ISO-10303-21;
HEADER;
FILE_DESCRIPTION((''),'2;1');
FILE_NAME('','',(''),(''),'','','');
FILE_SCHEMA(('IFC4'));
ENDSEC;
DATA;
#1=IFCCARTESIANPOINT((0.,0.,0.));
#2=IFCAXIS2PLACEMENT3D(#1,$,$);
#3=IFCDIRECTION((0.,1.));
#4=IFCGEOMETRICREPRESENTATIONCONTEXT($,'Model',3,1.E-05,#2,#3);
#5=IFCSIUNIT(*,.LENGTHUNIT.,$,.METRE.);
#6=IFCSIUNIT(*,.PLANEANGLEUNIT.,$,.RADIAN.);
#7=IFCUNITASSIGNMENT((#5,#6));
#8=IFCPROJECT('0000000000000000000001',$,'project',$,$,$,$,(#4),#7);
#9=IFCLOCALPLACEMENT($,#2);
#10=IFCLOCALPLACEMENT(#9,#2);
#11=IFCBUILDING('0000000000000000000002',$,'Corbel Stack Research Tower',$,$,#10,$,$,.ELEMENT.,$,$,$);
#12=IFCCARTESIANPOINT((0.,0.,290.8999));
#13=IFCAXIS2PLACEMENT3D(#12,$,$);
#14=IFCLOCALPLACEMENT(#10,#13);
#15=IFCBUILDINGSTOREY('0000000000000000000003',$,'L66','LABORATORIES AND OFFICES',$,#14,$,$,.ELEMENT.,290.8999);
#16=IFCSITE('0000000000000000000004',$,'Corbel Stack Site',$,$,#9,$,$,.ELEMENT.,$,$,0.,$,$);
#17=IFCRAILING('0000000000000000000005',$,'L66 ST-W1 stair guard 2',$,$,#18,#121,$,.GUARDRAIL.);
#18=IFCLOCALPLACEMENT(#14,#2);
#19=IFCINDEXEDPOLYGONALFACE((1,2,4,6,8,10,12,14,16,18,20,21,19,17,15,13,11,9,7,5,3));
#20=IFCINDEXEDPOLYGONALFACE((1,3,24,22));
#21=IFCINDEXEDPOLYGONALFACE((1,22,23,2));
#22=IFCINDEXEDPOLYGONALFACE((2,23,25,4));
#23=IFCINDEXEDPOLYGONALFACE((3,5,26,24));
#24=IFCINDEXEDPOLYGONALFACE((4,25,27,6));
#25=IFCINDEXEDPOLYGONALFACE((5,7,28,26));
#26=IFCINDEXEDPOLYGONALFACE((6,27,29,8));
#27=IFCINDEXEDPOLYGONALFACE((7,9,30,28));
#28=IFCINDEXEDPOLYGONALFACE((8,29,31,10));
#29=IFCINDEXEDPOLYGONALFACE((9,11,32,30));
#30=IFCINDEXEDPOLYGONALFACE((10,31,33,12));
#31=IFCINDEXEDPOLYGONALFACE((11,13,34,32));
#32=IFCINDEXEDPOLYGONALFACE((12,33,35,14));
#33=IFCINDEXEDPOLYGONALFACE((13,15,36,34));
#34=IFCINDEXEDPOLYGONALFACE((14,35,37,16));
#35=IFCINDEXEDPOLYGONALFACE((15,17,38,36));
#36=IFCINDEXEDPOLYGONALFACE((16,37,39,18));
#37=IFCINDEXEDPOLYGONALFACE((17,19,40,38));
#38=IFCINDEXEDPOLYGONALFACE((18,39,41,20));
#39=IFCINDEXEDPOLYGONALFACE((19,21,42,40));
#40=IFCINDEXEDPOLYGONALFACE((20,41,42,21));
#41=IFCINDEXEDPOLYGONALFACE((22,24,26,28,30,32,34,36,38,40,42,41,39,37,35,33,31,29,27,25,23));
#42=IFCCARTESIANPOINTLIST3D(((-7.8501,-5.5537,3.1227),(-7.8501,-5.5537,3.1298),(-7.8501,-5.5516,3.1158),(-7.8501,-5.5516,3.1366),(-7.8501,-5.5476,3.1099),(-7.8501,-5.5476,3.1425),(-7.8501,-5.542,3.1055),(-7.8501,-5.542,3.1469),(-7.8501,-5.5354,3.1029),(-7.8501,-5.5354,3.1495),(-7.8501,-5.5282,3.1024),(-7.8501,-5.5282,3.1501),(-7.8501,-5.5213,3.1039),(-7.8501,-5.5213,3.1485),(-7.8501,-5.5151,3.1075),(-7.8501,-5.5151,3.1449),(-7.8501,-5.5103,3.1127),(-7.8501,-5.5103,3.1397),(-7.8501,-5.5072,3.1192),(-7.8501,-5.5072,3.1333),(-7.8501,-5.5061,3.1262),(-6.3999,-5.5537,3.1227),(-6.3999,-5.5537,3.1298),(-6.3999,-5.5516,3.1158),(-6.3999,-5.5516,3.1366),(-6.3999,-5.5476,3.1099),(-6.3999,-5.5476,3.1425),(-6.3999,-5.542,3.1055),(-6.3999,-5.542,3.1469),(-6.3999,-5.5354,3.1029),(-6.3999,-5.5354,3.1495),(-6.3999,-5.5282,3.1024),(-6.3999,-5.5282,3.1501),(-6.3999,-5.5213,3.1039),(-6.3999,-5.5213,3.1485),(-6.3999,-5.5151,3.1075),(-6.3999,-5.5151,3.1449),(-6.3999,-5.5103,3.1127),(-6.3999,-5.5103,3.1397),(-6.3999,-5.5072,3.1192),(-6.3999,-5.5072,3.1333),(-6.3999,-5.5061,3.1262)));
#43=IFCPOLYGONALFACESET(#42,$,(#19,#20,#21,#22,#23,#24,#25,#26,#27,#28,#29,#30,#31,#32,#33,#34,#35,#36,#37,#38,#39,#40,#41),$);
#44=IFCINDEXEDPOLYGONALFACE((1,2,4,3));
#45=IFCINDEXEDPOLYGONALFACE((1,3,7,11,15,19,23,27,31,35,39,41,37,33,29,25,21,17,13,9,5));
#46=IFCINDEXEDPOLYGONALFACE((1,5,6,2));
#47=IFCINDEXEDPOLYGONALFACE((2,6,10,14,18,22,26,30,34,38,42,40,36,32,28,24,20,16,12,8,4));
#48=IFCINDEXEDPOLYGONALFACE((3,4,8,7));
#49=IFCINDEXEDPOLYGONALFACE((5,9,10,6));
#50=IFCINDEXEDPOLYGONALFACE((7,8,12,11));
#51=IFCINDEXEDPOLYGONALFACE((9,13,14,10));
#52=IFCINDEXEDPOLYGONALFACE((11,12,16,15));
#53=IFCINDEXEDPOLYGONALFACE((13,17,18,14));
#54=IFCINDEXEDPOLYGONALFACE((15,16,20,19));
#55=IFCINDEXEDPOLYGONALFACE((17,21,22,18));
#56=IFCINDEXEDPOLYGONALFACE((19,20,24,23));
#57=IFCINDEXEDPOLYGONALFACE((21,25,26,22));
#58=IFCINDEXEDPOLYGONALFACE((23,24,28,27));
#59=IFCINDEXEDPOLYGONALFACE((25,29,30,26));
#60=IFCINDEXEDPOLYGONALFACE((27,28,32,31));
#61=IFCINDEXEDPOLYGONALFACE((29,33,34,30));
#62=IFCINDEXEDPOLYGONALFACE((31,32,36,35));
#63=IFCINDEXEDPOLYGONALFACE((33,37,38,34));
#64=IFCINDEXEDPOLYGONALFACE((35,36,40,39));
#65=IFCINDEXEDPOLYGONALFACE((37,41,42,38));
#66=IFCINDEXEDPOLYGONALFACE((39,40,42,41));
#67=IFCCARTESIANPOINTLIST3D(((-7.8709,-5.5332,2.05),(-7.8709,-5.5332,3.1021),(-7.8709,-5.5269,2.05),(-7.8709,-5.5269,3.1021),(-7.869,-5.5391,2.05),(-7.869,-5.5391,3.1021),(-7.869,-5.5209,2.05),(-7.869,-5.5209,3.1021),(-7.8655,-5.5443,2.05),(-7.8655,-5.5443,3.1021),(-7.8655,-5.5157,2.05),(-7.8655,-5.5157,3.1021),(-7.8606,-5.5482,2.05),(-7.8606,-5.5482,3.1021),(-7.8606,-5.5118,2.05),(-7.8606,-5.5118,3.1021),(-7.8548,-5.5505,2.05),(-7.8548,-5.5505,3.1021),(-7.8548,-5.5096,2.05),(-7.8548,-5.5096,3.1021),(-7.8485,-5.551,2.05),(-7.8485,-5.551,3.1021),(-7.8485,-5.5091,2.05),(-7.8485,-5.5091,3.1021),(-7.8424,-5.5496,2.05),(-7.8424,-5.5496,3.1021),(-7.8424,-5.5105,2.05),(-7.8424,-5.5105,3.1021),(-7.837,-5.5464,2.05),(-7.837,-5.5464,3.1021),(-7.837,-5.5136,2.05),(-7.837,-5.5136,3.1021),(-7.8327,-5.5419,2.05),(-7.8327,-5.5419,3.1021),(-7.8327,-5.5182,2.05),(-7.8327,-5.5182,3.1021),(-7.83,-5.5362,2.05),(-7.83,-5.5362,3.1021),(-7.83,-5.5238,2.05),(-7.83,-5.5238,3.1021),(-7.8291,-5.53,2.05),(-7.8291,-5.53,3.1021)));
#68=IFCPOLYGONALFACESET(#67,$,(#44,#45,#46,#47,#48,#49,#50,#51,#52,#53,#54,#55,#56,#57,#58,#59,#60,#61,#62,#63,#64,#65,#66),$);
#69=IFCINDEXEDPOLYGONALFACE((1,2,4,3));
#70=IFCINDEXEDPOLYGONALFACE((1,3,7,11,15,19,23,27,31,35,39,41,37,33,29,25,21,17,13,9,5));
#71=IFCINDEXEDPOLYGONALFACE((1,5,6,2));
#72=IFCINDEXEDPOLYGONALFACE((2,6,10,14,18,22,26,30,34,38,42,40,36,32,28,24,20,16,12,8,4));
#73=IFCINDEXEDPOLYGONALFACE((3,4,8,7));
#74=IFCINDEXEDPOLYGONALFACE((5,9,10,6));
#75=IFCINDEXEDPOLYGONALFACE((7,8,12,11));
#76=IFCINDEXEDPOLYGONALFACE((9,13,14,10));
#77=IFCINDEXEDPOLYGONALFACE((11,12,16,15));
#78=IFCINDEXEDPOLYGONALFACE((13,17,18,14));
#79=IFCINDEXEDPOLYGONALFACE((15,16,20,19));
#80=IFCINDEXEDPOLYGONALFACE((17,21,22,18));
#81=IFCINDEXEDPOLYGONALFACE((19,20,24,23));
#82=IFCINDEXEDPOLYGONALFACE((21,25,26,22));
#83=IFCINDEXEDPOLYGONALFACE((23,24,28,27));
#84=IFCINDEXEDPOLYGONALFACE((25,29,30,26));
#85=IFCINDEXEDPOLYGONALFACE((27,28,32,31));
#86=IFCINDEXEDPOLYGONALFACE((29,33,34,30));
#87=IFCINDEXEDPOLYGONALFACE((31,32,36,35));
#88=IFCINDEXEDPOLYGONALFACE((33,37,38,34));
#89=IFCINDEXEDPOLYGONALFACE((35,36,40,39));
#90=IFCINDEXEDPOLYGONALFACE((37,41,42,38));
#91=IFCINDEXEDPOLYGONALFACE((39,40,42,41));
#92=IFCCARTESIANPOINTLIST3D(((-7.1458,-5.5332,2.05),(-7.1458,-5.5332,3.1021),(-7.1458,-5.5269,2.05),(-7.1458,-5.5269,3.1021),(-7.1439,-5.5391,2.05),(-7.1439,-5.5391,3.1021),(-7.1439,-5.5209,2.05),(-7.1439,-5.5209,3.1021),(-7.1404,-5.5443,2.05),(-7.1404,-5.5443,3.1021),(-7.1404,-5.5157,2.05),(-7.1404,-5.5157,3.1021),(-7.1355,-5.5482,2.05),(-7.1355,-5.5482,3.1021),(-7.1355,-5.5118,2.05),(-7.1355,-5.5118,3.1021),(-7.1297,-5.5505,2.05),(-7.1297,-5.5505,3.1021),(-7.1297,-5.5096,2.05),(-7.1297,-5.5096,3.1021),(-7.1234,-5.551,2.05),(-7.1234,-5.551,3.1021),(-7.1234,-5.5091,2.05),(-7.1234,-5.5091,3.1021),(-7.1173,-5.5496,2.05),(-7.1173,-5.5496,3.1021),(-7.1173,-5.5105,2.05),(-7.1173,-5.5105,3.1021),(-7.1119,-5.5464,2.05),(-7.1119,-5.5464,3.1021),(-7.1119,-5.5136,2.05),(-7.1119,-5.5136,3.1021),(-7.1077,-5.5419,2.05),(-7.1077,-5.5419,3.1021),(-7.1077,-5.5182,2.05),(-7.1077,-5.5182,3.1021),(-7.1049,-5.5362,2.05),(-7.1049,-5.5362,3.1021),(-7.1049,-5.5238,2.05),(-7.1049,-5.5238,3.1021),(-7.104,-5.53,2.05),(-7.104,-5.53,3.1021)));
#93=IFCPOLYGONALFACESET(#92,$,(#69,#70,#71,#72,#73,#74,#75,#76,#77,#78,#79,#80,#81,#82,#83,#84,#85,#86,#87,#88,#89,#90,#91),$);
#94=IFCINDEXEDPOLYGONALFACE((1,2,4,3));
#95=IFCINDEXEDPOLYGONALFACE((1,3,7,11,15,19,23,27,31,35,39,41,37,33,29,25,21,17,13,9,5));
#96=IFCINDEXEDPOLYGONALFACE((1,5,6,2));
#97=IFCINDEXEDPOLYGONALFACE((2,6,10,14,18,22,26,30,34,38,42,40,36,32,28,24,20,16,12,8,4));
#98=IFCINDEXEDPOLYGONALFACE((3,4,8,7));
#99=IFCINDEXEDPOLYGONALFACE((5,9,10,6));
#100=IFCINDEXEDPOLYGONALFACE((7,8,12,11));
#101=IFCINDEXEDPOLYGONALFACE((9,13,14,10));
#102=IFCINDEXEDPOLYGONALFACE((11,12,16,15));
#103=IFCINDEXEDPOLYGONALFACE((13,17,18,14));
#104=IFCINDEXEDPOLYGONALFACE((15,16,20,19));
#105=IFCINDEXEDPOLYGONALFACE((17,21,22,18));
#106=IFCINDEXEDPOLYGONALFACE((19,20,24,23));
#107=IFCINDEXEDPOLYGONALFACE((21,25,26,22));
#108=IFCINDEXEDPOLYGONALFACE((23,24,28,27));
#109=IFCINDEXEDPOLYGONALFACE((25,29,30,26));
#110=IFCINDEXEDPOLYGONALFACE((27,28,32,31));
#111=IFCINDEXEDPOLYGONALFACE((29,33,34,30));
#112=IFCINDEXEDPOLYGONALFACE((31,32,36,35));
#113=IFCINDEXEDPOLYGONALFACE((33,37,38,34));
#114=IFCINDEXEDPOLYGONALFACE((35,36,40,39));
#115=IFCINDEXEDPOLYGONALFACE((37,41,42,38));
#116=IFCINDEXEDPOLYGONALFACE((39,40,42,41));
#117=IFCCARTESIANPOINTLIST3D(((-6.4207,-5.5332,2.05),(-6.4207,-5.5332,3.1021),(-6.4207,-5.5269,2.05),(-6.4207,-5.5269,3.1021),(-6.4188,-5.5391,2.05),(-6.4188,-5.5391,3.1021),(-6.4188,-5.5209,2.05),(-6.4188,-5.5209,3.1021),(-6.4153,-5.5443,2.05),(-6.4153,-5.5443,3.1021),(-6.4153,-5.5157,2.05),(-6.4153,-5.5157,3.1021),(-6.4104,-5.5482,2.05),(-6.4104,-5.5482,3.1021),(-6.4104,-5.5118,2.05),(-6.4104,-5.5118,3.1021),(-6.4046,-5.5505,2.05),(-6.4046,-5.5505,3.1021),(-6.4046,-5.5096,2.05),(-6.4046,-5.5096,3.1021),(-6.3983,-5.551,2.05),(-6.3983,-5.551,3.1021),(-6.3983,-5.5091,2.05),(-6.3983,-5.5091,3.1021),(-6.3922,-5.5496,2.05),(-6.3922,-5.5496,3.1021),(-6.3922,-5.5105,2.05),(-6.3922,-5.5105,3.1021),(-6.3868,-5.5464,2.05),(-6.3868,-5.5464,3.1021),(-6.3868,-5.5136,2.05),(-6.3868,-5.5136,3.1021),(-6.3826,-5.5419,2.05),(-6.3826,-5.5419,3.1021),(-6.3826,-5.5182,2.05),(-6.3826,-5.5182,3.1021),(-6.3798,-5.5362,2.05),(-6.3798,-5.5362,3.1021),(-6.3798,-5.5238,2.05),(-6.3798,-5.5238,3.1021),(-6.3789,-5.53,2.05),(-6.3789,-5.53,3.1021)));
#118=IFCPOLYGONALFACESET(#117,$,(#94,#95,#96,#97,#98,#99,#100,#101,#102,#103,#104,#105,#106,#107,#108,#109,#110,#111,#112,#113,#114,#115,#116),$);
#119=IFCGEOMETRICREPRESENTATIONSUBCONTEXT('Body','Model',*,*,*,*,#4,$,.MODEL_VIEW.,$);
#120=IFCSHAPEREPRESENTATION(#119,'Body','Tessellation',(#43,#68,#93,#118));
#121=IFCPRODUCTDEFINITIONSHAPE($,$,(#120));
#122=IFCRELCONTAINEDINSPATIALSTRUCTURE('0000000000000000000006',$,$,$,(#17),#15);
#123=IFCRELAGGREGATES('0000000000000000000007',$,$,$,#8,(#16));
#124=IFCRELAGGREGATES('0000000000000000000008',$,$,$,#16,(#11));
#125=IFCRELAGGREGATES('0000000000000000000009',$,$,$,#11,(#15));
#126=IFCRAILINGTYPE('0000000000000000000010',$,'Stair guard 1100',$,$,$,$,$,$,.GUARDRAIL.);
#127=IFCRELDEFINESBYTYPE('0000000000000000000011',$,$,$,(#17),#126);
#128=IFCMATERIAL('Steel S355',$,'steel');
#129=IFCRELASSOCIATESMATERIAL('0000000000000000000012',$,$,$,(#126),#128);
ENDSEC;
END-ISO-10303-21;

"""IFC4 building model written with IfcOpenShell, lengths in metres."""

from ifc_helpers import new_model, si_unit, direction, frame, origin, origin_2d, place, context, subcontext, project, spatial, circle, extrude, material, type_object, element, save


model = new_model("IFC4")

# Units and contexts
model_context = context("Model", 3, precision=1e-05, world=origin(), true_north=direction((0.0, 1.0)))
body_context = subcontext(model_context, "Body", "Model", "MODEL_VIEW")
ifc_project = project(units=[si_unit("LENGTHUNIT", "METRE"), si_unit("PLANEANGLEUNIT", "RADIAN")], contexts=[model_context])

# Site, building, storey
site_placement = place(None, origin())
site = spatial("IfcSite", under=ifc_project, at=site_placement, Name="Corbel Stack Site", CompositionType="ELEMENT", RefElevation=0.0)
building_placement = place(site_placement, origin())
building = spatial("IfcBuilding", under=site, at=building_placement, Name="Corbel Stack Research Tower", CompositionType="ELEMENT")
storey_placement = place(building_placement, frame((0.0, 0.0, 290.8999)))
storey = spatial("IfcBuildingStorey", under=building, at=storey_placement, Name="L66", Description="LABORATORIES AND OFFICES", CompositionType="ELEMENT", Elevation=290.8999)

# Railing
ifc_material_1 = material(Name="Steel S355", Category="steel")
railing_type_1 = type_object("IfcRailingType", Name="Stair guard 1100", PredefinedType="GUARDRAIL", material=ifc_material_1)
railing_1_placement = place(storey_placement, frame((-7.8501, -5.53, 2.05)))
element("IfcRailing", 1, at=railing_1_placement, inside=storey, type_object=railing_type_1, Name="L66 ST-W1 stair guard 2", PredefinedType="GUARDRAIL", context=body_context, shape_type="SweptSolid", body=[
    extrude(circle(Radius=0.0239, at=origin_2d()), frame((0.0, 0.0, 1.0762), z_axis=(1.0, 0.0, 0.0), x_axis=(0.0, 1.0, 0.0)), (0.0, 0.0, 1.0), 1.4502),
    extrude(circle(Radius=0.021, at=origin_2d()), origin(), (0.0, 0.0, 1.0), 1.052),
    extrude(circle(Radius=0.021, at=origin_2d()), frame((0.7251, 0.0, 0.0)), (0.0, 0.0, 1.0), 1.052),
    extrude(circle(Radius=0.021, at=origin_2d()), frame((1.4502, 0.0, 0.0)), (0.0, 0.0, 1.0), 1.052),
])

save(model, "model.ifc")
